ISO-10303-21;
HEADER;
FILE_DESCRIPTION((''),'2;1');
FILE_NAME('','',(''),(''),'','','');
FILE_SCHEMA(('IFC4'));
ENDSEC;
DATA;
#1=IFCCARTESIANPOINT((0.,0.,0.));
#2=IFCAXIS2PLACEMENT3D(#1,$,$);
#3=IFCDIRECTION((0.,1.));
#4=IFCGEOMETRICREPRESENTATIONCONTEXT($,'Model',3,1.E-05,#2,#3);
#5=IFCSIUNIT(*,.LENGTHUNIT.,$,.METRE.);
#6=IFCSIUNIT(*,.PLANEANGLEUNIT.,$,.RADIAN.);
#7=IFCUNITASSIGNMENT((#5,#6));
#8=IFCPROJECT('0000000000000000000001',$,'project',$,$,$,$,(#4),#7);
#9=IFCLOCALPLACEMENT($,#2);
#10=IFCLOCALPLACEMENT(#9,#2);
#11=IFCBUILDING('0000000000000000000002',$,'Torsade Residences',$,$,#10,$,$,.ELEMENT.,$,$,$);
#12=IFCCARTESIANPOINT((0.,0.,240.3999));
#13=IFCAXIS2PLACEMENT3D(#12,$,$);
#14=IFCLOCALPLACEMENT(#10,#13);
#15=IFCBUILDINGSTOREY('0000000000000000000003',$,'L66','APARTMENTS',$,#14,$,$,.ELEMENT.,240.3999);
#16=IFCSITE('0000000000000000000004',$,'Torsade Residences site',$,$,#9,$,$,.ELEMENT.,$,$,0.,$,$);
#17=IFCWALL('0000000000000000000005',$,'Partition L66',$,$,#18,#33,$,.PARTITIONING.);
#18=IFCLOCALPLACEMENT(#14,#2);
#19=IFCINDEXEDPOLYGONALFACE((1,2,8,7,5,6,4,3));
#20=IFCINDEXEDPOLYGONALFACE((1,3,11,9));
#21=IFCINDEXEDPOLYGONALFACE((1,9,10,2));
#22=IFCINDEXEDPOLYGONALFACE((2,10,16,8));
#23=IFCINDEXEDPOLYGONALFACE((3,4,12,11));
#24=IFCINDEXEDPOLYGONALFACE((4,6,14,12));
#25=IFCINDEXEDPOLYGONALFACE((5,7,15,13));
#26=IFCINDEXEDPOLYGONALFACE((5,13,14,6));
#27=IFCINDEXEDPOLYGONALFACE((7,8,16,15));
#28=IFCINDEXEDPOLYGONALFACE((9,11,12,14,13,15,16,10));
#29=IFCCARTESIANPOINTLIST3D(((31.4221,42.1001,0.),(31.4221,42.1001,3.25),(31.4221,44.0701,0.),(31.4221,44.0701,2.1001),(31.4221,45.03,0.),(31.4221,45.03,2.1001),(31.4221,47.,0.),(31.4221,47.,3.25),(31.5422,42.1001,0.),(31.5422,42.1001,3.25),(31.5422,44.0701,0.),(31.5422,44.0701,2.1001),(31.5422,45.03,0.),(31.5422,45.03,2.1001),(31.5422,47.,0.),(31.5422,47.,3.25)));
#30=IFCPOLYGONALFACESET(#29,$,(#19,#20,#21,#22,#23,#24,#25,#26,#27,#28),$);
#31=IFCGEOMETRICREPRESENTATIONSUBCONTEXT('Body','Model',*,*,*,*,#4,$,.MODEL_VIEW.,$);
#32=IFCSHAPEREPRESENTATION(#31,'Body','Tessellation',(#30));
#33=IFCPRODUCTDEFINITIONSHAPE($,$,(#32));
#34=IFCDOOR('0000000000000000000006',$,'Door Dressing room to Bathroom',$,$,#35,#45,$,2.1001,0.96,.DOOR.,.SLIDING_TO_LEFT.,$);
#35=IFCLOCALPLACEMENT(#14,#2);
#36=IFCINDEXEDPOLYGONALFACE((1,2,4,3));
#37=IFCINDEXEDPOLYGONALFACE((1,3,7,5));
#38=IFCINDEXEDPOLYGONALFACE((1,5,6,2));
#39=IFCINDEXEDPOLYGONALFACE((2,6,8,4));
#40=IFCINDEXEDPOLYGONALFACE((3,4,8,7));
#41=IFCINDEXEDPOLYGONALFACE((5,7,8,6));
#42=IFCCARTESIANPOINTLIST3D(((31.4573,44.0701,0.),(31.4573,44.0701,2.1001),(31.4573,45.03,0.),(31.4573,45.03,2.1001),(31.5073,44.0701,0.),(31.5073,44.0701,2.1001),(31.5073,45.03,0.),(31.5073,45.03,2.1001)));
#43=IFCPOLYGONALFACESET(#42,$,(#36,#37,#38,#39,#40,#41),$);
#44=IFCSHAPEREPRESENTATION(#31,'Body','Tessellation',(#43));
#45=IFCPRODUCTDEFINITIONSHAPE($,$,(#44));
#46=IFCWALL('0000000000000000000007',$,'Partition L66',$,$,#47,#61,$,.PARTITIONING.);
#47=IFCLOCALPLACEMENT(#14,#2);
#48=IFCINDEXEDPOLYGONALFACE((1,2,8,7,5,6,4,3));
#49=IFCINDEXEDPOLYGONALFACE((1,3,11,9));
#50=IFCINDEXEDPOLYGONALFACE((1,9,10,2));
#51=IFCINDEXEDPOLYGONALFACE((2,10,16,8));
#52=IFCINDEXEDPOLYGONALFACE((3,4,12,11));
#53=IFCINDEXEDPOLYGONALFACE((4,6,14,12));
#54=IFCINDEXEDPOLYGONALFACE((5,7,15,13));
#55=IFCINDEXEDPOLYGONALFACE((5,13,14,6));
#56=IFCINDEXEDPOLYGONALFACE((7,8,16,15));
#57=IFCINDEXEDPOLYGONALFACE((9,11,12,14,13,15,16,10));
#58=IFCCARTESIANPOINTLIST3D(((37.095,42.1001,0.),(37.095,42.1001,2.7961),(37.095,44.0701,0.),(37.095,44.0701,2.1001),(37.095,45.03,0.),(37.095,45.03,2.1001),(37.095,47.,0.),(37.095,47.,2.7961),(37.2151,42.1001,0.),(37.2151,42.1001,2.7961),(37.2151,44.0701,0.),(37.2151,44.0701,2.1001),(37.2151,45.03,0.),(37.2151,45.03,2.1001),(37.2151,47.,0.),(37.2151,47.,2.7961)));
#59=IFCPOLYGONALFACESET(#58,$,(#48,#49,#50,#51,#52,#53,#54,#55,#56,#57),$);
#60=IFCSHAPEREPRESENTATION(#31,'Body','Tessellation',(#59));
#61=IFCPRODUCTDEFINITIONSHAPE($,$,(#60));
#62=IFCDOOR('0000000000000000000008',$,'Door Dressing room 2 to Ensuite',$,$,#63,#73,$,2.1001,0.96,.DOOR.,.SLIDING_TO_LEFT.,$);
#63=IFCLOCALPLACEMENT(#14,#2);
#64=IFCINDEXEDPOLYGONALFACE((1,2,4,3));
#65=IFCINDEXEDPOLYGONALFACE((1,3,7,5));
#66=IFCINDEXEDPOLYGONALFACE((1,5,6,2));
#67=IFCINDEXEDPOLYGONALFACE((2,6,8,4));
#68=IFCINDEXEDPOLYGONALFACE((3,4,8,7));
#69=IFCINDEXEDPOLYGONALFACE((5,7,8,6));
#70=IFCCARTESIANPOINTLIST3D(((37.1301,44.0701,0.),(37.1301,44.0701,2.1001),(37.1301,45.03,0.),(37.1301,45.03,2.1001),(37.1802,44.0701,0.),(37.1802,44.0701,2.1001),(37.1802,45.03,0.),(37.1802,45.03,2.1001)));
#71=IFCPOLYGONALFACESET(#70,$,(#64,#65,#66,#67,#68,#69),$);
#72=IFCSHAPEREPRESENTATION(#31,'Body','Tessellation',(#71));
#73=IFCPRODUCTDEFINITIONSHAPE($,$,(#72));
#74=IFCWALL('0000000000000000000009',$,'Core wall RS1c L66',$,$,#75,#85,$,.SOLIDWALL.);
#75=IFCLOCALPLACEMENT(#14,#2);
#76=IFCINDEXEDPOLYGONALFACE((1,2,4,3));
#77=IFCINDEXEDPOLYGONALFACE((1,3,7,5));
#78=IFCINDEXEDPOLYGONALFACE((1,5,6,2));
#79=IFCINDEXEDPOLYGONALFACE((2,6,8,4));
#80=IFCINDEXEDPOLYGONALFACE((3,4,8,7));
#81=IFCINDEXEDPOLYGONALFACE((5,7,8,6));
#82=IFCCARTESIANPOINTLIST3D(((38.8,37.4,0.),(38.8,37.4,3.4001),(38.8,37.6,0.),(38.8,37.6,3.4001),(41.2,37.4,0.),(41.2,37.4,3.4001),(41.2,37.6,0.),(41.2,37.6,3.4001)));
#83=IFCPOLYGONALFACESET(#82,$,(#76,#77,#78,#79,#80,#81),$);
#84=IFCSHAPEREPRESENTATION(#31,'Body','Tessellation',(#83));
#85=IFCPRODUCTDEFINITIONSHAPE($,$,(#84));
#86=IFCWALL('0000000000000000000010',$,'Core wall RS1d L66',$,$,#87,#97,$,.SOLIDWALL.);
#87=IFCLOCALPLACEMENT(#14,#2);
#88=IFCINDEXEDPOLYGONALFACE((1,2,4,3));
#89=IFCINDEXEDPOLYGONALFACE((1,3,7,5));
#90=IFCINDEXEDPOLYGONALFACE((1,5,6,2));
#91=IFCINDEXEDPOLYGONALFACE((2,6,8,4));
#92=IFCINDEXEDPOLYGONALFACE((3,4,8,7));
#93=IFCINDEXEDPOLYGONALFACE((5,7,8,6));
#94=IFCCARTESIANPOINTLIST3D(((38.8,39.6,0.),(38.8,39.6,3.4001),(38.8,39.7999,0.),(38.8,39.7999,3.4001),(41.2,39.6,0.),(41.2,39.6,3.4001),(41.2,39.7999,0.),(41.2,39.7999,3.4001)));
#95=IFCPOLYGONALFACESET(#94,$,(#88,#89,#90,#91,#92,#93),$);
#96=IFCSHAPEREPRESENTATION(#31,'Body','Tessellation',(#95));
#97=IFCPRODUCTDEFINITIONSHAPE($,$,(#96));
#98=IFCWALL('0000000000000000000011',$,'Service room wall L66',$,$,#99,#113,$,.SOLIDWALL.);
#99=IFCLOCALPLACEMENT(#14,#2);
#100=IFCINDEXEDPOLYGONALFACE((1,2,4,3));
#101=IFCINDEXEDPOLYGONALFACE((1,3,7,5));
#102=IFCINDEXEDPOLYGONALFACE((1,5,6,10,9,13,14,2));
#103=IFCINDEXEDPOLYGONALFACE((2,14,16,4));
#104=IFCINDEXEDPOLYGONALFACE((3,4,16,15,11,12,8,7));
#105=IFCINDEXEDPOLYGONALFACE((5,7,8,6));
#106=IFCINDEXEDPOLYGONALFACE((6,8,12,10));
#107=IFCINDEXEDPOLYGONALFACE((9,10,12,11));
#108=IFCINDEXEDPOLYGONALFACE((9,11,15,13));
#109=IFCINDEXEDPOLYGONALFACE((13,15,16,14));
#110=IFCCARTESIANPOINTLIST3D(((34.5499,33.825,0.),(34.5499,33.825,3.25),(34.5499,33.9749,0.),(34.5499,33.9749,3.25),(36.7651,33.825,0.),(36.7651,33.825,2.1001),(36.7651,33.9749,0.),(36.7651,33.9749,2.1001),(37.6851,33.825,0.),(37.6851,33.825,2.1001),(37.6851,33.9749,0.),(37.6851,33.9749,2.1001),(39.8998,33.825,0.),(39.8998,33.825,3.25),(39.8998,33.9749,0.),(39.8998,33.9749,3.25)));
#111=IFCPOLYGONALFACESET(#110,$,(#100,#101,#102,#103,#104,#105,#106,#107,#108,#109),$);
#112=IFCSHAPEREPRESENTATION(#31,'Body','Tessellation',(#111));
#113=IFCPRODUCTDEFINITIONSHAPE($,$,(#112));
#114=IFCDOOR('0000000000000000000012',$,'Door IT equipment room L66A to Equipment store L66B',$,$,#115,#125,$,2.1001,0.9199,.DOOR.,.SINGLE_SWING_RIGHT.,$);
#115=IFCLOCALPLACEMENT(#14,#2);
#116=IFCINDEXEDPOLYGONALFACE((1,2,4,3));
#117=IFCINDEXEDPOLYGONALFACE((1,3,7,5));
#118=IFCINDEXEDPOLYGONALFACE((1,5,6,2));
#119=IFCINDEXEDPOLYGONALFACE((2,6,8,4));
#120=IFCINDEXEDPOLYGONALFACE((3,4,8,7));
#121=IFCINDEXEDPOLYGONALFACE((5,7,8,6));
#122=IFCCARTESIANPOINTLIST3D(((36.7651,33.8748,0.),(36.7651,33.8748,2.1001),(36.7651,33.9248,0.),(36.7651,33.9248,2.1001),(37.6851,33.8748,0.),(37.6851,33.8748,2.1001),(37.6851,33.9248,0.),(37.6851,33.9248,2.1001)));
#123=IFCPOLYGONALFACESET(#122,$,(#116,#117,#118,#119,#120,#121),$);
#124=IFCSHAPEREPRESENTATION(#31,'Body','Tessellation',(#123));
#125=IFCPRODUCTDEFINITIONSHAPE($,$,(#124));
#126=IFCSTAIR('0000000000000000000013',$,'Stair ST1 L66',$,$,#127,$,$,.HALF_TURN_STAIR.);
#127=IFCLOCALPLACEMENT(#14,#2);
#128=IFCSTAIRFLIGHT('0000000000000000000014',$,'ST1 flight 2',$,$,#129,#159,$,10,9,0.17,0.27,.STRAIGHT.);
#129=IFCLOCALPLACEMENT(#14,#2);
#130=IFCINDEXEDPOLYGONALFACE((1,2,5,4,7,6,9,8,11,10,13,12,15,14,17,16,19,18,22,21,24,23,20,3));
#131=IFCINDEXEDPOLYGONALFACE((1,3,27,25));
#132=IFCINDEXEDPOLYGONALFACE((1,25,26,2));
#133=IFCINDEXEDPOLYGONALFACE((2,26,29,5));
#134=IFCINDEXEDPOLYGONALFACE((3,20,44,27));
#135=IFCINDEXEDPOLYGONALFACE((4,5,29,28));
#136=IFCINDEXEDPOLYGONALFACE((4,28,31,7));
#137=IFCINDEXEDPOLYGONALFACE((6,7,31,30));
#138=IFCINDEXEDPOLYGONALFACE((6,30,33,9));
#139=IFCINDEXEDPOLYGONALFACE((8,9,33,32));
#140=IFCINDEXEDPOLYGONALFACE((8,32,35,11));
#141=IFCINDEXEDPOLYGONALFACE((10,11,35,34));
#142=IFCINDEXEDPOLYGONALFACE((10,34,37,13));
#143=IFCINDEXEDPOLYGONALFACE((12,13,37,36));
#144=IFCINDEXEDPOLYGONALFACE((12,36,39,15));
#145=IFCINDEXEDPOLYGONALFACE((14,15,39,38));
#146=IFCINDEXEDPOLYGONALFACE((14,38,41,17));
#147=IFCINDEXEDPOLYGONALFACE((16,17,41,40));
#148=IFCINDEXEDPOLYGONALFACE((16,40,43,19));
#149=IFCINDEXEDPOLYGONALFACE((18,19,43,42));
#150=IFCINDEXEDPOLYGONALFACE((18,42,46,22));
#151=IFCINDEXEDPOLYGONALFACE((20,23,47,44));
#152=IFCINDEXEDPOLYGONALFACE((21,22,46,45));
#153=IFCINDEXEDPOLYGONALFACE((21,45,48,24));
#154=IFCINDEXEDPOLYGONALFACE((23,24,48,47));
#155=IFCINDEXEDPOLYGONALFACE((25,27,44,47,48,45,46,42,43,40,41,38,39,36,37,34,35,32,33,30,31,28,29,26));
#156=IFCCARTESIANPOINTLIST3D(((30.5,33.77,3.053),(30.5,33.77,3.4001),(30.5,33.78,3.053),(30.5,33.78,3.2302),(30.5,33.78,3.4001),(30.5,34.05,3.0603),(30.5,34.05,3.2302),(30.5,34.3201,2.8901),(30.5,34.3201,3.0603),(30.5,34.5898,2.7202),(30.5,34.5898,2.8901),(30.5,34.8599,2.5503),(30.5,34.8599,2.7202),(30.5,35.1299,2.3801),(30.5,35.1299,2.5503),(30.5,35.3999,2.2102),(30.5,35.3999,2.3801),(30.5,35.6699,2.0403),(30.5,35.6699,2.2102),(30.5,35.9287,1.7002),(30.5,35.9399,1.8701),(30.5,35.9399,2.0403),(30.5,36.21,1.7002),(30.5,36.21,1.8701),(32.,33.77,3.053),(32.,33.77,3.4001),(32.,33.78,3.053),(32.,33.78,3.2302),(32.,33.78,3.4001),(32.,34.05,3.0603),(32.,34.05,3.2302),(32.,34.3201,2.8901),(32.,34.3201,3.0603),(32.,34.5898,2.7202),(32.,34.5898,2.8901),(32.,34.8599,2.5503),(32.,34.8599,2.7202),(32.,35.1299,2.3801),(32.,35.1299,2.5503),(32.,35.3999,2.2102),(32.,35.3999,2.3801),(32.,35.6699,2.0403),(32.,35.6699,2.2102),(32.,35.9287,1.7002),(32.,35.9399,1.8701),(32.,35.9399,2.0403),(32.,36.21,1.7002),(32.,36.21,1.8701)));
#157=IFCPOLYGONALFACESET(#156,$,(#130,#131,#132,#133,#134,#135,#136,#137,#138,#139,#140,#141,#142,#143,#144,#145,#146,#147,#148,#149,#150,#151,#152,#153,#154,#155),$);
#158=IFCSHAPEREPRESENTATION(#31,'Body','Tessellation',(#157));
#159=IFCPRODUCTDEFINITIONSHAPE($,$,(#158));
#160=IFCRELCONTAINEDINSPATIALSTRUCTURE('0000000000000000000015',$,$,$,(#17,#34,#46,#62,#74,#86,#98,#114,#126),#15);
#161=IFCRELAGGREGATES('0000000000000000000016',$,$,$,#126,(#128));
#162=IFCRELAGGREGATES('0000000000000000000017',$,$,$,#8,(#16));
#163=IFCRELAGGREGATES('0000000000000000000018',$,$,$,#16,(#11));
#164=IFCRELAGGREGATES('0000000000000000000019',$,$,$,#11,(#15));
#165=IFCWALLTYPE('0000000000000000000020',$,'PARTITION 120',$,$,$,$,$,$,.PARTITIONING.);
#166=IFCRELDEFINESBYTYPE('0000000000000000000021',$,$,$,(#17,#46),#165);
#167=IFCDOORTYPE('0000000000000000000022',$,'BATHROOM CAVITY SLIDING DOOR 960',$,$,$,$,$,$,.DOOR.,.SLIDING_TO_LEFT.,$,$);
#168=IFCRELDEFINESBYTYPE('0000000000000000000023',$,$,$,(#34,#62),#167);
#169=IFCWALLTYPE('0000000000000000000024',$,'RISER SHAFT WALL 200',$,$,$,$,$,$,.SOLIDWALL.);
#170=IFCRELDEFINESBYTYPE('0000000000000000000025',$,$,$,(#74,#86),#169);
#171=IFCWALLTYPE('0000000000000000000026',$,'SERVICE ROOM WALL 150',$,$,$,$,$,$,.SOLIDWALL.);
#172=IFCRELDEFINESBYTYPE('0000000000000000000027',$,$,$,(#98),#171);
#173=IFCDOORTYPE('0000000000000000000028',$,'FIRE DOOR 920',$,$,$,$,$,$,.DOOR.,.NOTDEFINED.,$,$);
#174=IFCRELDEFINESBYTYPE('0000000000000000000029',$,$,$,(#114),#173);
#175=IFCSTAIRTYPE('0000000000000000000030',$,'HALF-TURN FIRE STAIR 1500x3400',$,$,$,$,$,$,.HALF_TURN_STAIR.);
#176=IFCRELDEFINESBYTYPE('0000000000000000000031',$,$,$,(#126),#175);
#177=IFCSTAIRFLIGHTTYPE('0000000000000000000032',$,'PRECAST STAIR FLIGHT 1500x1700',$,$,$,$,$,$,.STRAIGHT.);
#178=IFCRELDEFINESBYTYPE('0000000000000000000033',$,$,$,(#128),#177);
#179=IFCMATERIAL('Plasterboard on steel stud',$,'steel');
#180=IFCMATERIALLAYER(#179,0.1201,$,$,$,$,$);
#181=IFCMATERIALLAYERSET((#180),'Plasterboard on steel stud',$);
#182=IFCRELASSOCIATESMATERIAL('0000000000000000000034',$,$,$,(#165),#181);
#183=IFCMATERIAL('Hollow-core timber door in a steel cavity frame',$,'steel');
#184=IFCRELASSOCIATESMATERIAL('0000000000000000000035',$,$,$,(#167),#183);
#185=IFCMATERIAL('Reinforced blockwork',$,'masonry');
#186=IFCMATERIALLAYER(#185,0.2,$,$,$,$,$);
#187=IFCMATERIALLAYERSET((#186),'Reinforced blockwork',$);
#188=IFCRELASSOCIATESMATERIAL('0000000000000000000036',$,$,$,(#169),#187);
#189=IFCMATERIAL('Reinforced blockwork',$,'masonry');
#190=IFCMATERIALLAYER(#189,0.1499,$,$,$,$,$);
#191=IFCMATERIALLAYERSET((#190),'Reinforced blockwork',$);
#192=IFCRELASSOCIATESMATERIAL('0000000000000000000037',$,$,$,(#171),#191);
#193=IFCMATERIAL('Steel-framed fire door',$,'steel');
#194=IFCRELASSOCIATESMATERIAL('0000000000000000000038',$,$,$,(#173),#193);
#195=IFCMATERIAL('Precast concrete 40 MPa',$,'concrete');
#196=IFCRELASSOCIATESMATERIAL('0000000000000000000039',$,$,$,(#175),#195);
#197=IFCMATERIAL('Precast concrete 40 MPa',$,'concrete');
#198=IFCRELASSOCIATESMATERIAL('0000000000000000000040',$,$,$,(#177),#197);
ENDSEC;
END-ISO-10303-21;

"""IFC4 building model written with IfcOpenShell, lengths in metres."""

from ifc_helpers import new_model, si_unit, direction, frame, frame_2d, origin, place, context, subcontext, project, spatial, polyline, rectangle, outline, extrude, material, layer, layer_set, type_object, element, fill, aggregate, save


model = new_model("IFC4")

# Units and contexts
model_context = context("Model", 3, precision=1e-05, world=origin(), true_north=direction((0.0, 1.0)))
body_context = subcontext(model_context, "Body", "Model", "MODEL_VIEW")
ifc_project = project(units=[si_unit("LENGTHUNIT", "METRE"), si_unit("PLANEANGLEUNIT", "RADIAN")], contexts=[model_context])

# Site, building, storey
site_placement = place(None, origin())
site = spatial("IfcSite", under=ifc_project, at=site_placement, Name="Torsade Residences site", CompositionType="ELEMENT", RefElevation=0.0)
building_placement = place(site_placement, origin())
building = spatial("IfcBuilding", under=site, at=building_placement, Name="Torsade Residences", CompositionType="ELEMENT")
storey_placement = place(building_placement, frame((0.0, 0.0, 240.3999)))
storey = spatial("IfcBuildingStorey", under=building, at=storey_placement, Name="L66", Description="APARTMENTS", CompositionType="ELEMENT", Elevation=240.3999)

# Walls, openings, doors
ifc_material_1 = material(Name="Plasterboard on steel stud", Category="steel")
ifc_layer_1 = layer(ifc_material_1, 0.1201)
ifc_layer_set_1 = layer_set([ifc_layer_1], Name="Plasterboard on steel stud")
wall_type_1 = type_object("IfcWallType", Name="PARTITION 120", PredefinedType="PARTITIONING", material=ifc_layer_set_1)
wall_1_placement = place(storey_placement, frame((31.4822, 42.1001, 0.0), z_axis=(0.0, 0.0, 1.0), x_axis=(0.0, 1.0, 0.0)))
wall_1 = element("IfcWall", 1, at=wall_1_placement, inside=storey, type_object=wall_type_1, Name="Partition L66", PredefinedType="PARTITIONING", context=body_context, shape_type="SweptSolid", body=[
    extrude(rectangle(XDim=4.8999, YDim=0.1201, at=frame_2d((2.45, 0.0))), origin(), (0.0, 0.0, 1.0), 3.25),
])
opening_1_placement = place(wall_1_placement, frame((1.97, 0.0, 0.0)))
opening_1 = element("IfcOpeningElement", 2, at=opening_1_placement, cuts=wall_1, PredefinedType="OPENING", context=body_context, shape_type="SweptSolid", body=[
    extrude(rectangle(XDim=0.96, YDim=2.1001, at=frame_2d((0.48, 1.05))), frame((0.0, 0.0701, 0.0), z_axis=(0.0, -1.0, 0.0), x_axis=(1.0, 0.0, 0.0)), (0.0, 0.0, 1.0), 0.1401),
])
ifc_material_2 = material(Name="Hollow-core timber door in a steel cavity frame", Category="steel")
door_type_1 = type_object("IfcDoorType", Name="BATHROOM CAVITY SLIDING DOOR 960", OperationType="SLIDING_TO_LEFT", PredefinedType="DOOR", material=ifc_material_2)
door_1_placement = place(opening_1_placement, origin())
door_1 = element("IfcDoor", 3, at=door_1_placement, inside=storey, type_object=door_type_1, Name="Door Dressing room to Bathroom", OperationType="SLIDING_TO_LEFT", OverallHeight=2.1001, OverallWidth=0.96, PredefinedType="DOOR", context=body_context, shape_type="SweptSolid", body=[
    extrude(rectangle(XDim=0.96, YDim=2.1001, at=frame_2d((0.48, 1.05))), frame((0.0, 0.0249, 0.0), z_axis=(0.0, -1.0, 0.0), x_axis=(1.0, 0.0, 0.0)), (0.0, 0.0, 1.0), 0.05),
])
fill(opening_1, door_1)
wall_2_placement = place(storey_placement, frame((37.155, 42.1001, 0.0), z_axis=(0.0, 0.0, 1.0), x_axis=(0.0, 1.0, 0.0)))
wall_2 = element("IfcWall", 4, at=wall_2_placement, inside=storey, type_object=wall_type_1, Name="Partition L66", PredefinedType="PARTITIONING", context=body_context, shape_type="SweptSolid", body=[
    extrude(rectangle(XDim=4.8999, YDim=0.1201, at=frame_2d((2.45, 0.0))), origin(), (0.0, 0.0, 1.0), 2.7961),
])
opening_2_placement = place(wall_2_placement, frame((1.97, 0.0, 0.0)))
opening_2 = element("IfcOpeningElement", 5, at=opening_2_placement, cuts=wall_2, PredefinedType="OPENING", context=body_context, shape_type="SweptSolid", body=[
    extrude(rectangle(XDim=0.96, YDim=2.1001, at=frame_2d((0.48, 1.05))), frame((0.0, 0.0701, 0.0), z_axis=(0.0, -1.0, 0.0), x_axis=(1.0, 0.0, 0.0)), (0.0, 0.0, 1.0), 0.1401),
])
door_2_placement = place(opening_2_placement, origin())
door_2 = element("IfcDoor", 6, at=door_2_placement, inside=storey, type_object=door_type_1, Name="Door Dressing room 2 to Ensuite", OperationType="SLIDING_TO_LEFT", OverallHeight=2.1001, OverallWidth=0.96, PredefinedType="DOOR", context=body_context, shape_type="SweptSolid", body=[
    extrude(rectangle(XDim=0.96, YDim=2.1001, at=frame_2d((0.48, 1.05))), frame((0.0, 0.0249, 0.0), z_axis=(0.0, -1.0, 0.0), x_axis=(1.0, 0.0, 0.0)), (0.0, 0.0, 1.0), 0.05),
])
fill(opening_2, door_2)

# Walls
ifc_material_3 = material(Name="Reinforced blockwork", Category="masonry")
ifc_layer_2 = layer(ifc_material_3, 0.2)
ifc_layer_set_2 = layer_set([ifc_layer_2], Name="Reinforced blockwork")
wall_type_2 = type_object("IfcWallType", Name="RISER SHAFT WALL 200", PredefinedType="SOLIDWALL", material=ifc_layer_set_2)
for number, where, z_axis, x_axis, name in (
    (7, (38.8, 37.5, 0.0), (0.0, 0.0, 1.0), (1.0, 0.0, 0.0), "Core wall RS1c L66"),
    (8, (38.8, 39.7, 0.0), (0.0, 0.0, 1.0), (1.0, 0.0, 0.0), "Core wall RS1d L66"),
):
    element("IfcWall", number, at=place(storey_placement, frame(where, z_axis=z_axis, x_axis=x_axis)), inside=storey, type_object=wall_type_2, Name=name, PredefinedType="SOLIDWALL", context=body_context, shape_type="SweptSolid", body=[
        extrude(rectangle(XDim=2.3999, YDim=0.2, at=frame_2d((1.2, 0.0))), origin(), (0.0, 0.0, 1.0), 3.4001),
    ])

# Wall, opening, door
ifc_material_4 = material(Name="Reinforced blockwork", Category="masonry")
ifc_layer_3 = layer(ifc_material_4, 0.1499)
ifc_layer_set_3 = layer_set([ifc_layer_3], Name="Reinforced blockwork")
wall_type_3 = type_object("IfcWallType", Name="SERVICE ROOM WALL 150", PredefinedType="SOLIDWALL", material=ifc_layer_set_3)
wall_3_placement = place(storey_placement, frame((34.55, 33.8999, 0.0), z_axis=(0.0, 0.0, 1.0), x_axis=(1.0, 0.0, 0.0)))
wall_3 = element("IfcWall", 9, at=wall_3_placement, inside=storey, type_object=wall_type_3, Name="Service room wall L66", PredefinedType="SOLIDWALL", context=body_context, shape_type="SweptSolid", body=[
    extrude(rectangle(XDim=5.3499, YDim=0.1499, at=frame_2d((2.6748, 0.0))), origin(), (0.0, 0.0, 1.0), 3.25),
])
opening_3_placement = place(wall_3_placement, frame((2.2151, 0.0, 0.0)))
opening_3 = element("IfcOpeningElement", 10, at=opening_3_placement, cuts=wall_3, PredefinedType="OPENING", context=body_context, shape_type="SweptSolid", body=[
    extrude(rectangle(XDim=0.9199, YDim=2.1001, at=frame_2d((0.46, 1.05))), frame((0.0, 0.085, 0.0), z_axis=(0.0, -1.0, 0.0), x_axis=(1.0, 0.0, 0.0)), (0.0, 0.0, 1.0), 0.1699),
])
ifc_material_5 = material(Name="Steel-framed fire door", Category="steel")
door_type_2 = type_object("IfcDoorType", Name="FIRE DOOR 920", OperationType="NOTDEFINED", PredefinedType="DOOR", material=ifc_material_5)
door_3_placement = place(opening_3_placement, origin())
door_3 = element("IfcDoor", 11, at=door_3_placement, inside=storey, type_object=door_type_2, Name="Door IT equipment room L66A to Equipment store L66B", OperationType="SINGLE_SWING_RIGHT", OverallHeight=2.1001, OverallWidth=0.9199, PredefinedType="DOOR", context=body_context, shape_type="SweptSolid", body=[
    extrude(rectangle(XDim=0.9199, YDim=2.1001, at=frame_2d((0.46, 1.05))), frame((0.0, 0.0249, 0.0), z_axis=(0.0, -1.0, 0.0), x_axis=(1.0, 0.0, 0.0)), (0.0, 0.0, 1.0), 0.05),
])
fill(opening_3, door_3)

# Stair, stair flight
ifc_material_6 = material(Name="Precast concrete 40 MPa", Category="concrete")
stair_type = type_object("IfcStairType", Name="HALF-TURN FIRE STAIR 1500x3400", PredefinedType="HALF_TURN_STAIR", material=ifc_material_6)
stair_placement = place(storey_placement, origin())
stair = element("IfcStair", 12, at=stair_placement, inside=storey, type_object=stair_type, Name="Stair ST1 L66", PredefinedType="HALF_TURN_STAIR")
ifc_material_7 = material(Name="Precast concrete 40 MPa", Category="concrete")
stair_flight_type = type_object("IfcStairFlightType", Name="PRECAST STAIR FLIGHT 1500x1700", PredefinedType="STRAIGHT", material=ifc_material_7)
stair_flight_placement = place(storey_placement, frame((31.25, 36.21, 1.7002), z_axis=(0.0, 0.0, 1.0), x_axis=(0.0, -1.0, 0.0)))
stair_flight = element("IfcStairFlight", 13, at=stair_flight_placement, type_object=stair_flight_type, Name="ST1 flight 2", NumberOfRisers=10, NumberOfTreads=9, PredefinedType="STRAIGHT", RiserHeight=0.17, TreadLength=0.27, context=body_context, shape_type="SweptSolid", body=[
    extrude(outline(polyline([(0.0, 0.0), (0.0, 0.1699), (0.27, 0.1699), (0.27, 0.3401), (0.54, 0.3401), (0.54, 0.51), (0.8101, 0.51), (0.8101, 0.6799), (1.0801, 0.6799), (1.0801, 0.8501), (1.3501, 0.8501), (1.3501, 1.02), (1.6201, 1.02), (1.6201, 1.1899), (1.8899, 1.1899), (1.8899, 1.3601), (2.1599, 1.3601), (2.1599, 1.53), (2.4299, 1.53), (2.4299, 1.7), (2.4399, 1.7), (2.4399, 1.3528), (2.4299, 1.3528), (0.2812, 0.0), (0.0, 0.0)])), frame((0.0, 0.75, 0.0), z_axis=(0.0, -1.0, 0.0), x_axis=(1.0, 0.0, 0.0)), (0.0, 0.0, 1.0), 1.5),
])
aggregate(stair, [stair_flight])

save(model, "model.ifc")
